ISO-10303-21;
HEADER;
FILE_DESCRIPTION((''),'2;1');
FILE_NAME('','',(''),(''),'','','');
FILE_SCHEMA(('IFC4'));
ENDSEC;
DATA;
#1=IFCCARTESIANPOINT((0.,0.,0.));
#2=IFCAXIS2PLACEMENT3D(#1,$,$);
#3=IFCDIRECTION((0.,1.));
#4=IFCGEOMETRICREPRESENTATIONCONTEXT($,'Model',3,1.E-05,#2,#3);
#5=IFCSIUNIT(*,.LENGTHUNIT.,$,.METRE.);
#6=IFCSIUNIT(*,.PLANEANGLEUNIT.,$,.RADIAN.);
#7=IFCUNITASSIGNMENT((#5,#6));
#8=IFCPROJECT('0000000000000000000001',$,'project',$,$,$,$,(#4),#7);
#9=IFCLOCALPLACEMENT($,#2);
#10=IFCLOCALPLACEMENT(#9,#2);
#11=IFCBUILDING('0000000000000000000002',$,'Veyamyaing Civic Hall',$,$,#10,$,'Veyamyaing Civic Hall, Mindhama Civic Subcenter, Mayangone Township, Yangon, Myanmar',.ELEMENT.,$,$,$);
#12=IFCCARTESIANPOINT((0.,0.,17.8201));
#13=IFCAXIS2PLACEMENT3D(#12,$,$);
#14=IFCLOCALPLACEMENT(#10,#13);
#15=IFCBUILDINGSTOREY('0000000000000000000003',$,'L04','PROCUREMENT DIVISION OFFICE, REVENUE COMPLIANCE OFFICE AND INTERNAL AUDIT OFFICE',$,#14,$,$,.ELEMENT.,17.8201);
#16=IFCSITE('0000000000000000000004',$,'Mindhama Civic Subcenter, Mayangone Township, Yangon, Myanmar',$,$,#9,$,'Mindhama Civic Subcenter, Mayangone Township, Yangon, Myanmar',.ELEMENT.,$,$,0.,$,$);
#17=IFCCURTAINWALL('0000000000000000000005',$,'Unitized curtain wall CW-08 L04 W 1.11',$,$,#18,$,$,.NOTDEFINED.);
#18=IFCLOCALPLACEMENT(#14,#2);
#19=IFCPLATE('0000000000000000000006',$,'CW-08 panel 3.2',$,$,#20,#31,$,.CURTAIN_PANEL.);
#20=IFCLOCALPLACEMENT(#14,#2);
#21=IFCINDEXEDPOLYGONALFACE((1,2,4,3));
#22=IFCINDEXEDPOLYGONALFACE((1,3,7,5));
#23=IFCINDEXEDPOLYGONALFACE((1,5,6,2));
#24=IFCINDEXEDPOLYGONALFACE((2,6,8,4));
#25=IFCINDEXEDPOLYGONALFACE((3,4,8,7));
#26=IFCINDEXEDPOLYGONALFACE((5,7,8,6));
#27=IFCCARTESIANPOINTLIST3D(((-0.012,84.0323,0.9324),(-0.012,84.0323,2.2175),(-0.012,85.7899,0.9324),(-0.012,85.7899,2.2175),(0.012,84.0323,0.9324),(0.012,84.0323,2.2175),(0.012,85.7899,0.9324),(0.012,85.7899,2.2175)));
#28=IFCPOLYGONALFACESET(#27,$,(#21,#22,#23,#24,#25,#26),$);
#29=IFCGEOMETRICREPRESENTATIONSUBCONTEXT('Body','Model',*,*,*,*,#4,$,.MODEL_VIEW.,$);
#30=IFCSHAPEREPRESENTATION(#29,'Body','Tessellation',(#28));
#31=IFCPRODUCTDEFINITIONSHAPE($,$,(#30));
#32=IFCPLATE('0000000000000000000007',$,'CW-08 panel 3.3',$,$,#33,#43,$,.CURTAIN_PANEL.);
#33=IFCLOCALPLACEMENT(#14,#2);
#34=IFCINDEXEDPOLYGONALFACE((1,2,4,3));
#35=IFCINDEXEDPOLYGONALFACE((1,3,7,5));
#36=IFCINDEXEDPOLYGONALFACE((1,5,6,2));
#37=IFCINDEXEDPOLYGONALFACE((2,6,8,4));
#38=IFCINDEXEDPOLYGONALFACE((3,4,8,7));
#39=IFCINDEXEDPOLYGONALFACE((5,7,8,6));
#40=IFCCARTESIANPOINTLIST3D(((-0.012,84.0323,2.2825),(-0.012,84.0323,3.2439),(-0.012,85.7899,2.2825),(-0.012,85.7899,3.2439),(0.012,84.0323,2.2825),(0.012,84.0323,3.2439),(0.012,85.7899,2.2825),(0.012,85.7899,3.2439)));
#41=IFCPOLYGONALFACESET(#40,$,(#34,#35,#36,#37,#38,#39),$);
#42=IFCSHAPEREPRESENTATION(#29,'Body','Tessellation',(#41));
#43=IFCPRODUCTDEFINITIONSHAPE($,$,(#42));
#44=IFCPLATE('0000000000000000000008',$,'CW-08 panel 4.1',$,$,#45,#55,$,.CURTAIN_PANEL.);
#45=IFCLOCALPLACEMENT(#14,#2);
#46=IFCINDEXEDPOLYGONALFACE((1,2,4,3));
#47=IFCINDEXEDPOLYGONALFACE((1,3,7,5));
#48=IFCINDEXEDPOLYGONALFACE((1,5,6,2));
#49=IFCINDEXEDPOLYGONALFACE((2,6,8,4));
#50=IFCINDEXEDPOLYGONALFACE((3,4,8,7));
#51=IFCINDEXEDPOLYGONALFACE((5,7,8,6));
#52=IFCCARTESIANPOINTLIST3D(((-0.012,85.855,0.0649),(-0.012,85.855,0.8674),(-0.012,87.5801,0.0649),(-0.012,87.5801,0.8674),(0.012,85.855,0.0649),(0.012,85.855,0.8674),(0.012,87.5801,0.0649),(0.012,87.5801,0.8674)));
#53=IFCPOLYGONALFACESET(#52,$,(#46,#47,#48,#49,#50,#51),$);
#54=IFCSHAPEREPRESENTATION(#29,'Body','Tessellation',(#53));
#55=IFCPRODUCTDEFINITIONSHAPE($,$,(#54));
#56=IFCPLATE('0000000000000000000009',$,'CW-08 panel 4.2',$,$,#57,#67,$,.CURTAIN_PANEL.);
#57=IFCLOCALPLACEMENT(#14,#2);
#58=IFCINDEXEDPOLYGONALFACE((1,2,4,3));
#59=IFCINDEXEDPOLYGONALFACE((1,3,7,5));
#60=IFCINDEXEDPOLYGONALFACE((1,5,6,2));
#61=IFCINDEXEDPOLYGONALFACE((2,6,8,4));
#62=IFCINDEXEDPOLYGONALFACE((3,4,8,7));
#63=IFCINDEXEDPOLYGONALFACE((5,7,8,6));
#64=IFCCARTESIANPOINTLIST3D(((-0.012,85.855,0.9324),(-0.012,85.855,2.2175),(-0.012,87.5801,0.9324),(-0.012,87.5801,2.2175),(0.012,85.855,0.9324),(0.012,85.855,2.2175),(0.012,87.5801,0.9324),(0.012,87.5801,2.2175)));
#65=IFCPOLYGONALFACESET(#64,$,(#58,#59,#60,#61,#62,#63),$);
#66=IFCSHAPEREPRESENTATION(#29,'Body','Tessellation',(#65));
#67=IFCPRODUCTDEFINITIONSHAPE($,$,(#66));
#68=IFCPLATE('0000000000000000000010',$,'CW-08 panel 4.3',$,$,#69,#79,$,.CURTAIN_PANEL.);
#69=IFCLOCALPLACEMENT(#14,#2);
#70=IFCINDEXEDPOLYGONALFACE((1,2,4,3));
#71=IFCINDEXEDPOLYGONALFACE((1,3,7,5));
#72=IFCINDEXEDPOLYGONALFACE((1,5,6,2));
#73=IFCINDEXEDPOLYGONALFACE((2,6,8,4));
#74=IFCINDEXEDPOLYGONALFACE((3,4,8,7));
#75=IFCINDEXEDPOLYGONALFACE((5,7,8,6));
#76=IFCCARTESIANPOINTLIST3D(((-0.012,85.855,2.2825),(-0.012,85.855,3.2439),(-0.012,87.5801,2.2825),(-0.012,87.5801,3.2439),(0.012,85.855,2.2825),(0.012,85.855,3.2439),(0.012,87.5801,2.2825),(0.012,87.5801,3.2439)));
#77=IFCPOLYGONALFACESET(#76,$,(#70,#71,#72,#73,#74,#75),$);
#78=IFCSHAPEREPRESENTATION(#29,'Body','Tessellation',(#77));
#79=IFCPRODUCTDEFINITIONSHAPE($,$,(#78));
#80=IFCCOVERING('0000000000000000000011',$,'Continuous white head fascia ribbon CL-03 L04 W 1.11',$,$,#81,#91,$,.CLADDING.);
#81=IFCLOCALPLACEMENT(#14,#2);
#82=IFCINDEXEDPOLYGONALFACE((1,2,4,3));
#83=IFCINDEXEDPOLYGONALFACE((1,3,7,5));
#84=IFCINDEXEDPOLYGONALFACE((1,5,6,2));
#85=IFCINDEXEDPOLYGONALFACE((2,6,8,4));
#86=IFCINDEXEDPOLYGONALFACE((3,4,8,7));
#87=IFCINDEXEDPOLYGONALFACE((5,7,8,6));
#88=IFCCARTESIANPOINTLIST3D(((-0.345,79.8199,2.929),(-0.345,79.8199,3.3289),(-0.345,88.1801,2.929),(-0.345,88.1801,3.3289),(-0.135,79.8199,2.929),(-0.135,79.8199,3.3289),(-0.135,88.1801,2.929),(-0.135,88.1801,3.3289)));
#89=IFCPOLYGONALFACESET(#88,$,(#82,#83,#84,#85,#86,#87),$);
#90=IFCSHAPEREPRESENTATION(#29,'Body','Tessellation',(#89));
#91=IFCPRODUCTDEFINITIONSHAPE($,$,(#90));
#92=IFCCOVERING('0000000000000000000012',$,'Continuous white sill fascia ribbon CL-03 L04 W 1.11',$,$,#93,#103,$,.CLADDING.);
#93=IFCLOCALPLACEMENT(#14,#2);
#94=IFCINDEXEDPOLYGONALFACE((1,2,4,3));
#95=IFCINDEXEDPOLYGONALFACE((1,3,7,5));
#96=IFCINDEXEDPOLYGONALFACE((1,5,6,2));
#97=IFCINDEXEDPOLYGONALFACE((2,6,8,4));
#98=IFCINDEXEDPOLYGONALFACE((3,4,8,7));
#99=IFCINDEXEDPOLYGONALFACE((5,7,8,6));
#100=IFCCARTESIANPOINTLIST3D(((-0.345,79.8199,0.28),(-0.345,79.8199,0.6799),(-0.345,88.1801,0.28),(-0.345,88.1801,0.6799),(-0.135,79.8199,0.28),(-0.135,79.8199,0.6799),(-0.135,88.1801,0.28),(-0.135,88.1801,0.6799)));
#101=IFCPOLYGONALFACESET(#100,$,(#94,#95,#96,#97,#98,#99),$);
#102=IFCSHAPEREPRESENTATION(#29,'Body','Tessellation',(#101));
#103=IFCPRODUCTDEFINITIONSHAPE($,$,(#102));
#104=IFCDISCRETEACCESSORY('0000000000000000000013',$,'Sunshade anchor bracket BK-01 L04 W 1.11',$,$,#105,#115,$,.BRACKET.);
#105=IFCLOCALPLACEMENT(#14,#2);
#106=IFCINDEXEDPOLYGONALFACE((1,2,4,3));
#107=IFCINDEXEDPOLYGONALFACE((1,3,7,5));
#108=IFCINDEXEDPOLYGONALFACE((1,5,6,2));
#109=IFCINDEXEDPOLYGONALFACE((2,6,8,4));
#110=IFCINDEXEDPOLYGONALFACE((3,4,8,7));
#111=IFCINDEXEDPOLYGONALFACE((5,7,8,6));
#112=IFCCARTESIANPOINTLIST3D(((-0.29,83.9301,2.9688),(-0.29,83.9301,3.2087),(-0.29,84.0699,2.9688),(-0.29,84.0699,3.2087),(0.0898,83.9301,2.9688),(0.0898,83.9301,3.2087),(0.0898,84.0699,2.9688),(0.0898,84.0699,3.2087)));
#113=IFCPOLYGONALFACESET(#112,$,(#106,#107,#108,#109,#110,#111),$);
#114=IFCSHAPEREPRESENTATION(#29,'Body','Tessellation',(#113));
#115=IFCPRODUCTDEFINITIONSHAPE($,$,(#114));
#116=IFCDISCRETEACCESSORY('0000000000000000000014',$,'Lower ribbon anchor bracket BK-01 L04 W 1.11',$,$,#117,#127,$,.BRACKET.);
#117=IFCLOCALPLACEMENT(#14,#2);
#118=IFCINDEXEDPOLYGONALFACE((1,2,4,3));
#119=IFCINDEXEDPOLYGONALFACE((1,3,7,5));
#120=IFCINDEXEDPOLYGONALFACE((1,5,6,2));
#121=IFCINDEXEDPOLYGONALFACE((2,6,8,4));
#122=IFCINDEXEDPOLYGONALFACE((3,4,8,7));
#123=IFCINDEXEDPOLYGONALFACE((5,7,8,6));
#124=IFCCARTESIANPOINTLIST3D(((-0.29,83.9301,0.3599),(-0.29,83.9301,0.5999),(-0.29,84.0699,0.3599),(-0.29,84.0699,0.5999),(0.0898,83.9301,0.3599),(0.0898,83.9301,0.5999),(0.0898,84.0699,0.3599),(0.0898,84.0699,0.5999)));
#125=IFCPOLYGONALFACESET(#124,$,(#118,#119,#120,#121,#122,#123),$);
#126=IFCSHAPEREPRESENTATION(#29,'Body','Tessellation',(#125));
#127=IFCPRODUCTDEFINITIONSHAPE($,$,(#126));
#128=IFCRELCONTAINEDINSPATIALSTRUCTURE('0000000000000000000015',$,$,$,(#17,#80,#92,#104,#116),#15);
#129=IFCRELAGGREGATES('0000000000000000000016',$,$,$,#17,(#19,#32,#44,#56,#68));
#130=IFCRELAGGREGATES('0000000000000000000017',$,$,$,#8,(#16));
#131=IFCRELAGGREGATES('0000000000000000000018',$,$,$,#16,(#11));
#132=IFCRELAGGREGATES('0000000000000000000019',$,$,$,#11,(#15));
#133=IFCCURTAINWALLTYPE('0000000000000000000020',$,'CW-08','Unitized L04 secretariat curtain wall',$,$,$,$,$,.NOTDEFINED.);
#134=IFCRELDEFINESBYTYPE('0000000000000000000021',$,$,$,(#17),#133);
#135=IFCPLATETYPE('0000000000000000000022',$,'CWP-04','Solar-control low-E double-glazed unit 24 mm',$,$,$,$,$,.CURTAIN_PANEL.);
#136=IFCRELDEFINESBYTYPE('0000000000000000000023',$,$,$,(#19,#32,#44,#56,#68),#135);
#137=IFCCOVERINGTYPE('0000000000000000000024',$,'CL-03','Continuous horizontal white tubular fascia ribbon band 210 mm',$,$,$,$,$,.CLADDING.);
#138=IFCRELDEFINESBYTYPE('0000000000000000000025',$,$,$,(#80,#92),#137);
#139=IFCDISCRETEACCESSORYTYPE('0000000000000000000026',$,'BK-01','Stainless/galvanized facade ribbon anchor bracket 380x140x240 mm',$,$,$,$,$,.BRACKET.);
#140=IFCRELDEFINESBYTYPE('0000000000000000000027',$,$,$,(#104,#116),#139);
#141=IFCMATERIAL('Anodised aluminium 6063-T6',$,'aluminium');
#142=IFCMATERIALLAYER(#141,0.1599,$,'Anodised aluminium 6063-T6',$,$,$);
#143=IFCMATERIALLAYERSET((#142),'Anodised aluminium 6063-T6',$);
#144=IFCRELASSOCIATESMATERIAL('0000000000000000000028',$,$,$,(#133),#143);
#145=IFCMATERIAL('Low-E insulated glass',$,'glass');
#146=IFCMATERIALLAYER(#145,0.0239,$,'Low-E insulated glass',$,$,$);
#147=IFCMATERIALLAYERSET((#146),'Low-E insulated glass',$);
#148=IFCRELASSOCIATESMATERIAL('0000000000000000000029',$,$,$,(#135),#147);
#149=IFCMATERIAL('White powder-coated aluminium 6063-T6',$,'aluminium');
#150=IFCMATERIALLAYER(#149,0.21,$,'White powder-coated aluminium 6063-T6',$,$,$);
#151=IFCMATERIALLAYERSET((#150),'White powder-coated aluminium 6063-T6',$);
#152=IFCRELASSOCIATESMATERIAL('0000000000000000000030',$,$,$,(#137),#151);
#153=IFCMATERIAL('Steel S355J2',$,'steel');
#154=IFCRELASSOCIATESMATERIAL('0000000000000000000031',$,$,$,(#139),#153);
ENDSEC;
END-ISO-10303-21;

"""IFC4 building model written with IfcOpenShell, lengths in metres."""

from ifc_helpers import new_model, si_unit, direction, frame, origin, origin_2d, place, context, subcontext, project, spatial, rectangle, extrude, material, layer, layer_set, type_object, element, aggregate, save


model = new_model("IFC4")

# Units and contexts
model_context = context("Model", 3, precision=1e-05, world=origin(), true_north=direction((0.0, 1.0)))
body_context = subcontext(model_context, "Body", "Model", "MODEL_VIEW")
ifc_project = project(units=[si_unit("LENGTHUNIT", "METRE"), si_unit("PLANEANGLEUNIT", "RADIAN")], contexts=[model_context])

# Site, building, storey
site_placement = place(None, origin())
site = spatial("IfcSite", under=ifc_project, at=site_placement, Name="Mindhama Civic Subcenter, Mayangone Township, Yangon, Myanmar", LongName="Mindhama Civic Subcenter, Mayangone Township, Yangon, Myanmar", CompositionType="ELEMENT", RefElevation=0.0)
building_placement = place(site_placement, origin())
building = spatial("IfcBuilding", under=site, at=building_placement, Name="Veyamyaing Civic Hall", LongName="Veyamyaing Civic Hall, Mindhama Civic Subcenter, Mayangone Township, Yangon, Myanmar", CompositionType="ELEMENT")
storey_placement = place(building_placement, frame((0.0, 0.0, 17.8201)))
storey = spatial("IfcBuildingStorey", under=building, at=storey_placement, Name="L04", Description="PROCUREMENT DIVISION OFFICE, REVENUE COMPLIANCE OFFICE AND INTERNAL AUDIT OFFICE", CompositionType="ELEMENT", Elevation=17.8201)

# Curtain wall
ifc_material_1 = material(Name="Anodised aluminium 6063-T6", Category="aluminium")
ifc_layer_1 = layer(ifc_material_1, 0.1599, Name="Anodised aluminium 6063-T6")
ifc_layer_set_1 = layer_set([ifc_layer_1], Name="Anodised aluminium 6063-T6")
curtain_wall_type = type_object("IfcCurtainWallType", Name="CW-08", Description="Unitized L04 secretariat curtain wall", PredefinedType="NOTDEFINED", material=ifc_layer_set_1)
curtain_wall_placement = place(storey_placement, origin())
curtain_wall = element("IfcCurtainWall", 1, at=curtain_wall_placement, inside=storey, type_object=curtain_wall_type, Name="Unitized curtain wall CW-08 L04 W 1.11", PredefinedType="NOTDEFINED")

# Plates
ifc_material_2 = material(Name="Low-E insulated glass", Category="glass")
ifc_layer_2 = layer(ifc_material_2, 0.0239, Name="Low-E insulated glass")
ifc_layer_set_2 = layer_set([ifc_layer_2], Name="Low-E insulated glass")
plate_type = type_object("IfcPlateType", Name="CWP-04", Description="Solar-control low-E double-glazed unit 24 mm", PredefinedType="CURTAIN_PANEL", material=ifc_layer_set_2)
plate_1_placement = place(storey_placement, frame((0.0, 84.9111, 0.9324), z_axis=(0.0, 0.0, 1.0), x_axis=(0.0, 1.0, 0.0)))
plate_1 = element("IfcPlate", 2, at=plate_1_placement, type_object=plate_type, Name="CW-08 panel 3.2", PredefinedType="CURTAIN_PANEL", context=body_context, shape_type="SweptSolid", body=[
    extrude(rectangle(XDim=1.7576, YDim=0.0239, at=origin_2d()), origin(), (0.0, 0.0, 1.0), 1.2852),
])
plate_2_placement = place(storey_placement, frame((0.0, 84.9111, 2.2825), z_axis=(0.0, 0.0, 1.0), x_axis=(0.0, 1.0, 0.0)))
plate_2 = element("IfcPlate", 3, at=plate_2_placement, type_object=plate_type, Name="CW-08 panel 3.3", PredefinedType="CURTAIN_PANEL", context=body_context, shape_type="SweptSolid", body=[
    extrude(rectangle(XDim=1.7576, YDim=0.0239, at=origin_2d()), origin(), (0.0, 0.0, 1.0), 0.9614),
])
plate_3_placement = place(storey_placement, frame((0.0, 86.7175, 0.0649), z_axis=(0.0, 0.0, 1.0), x_axis=(0.0, 1.0, 0.0)))
plate_3 = element("IfcPlate", 4, at=plate_3_placement, type_object=plate_type, Name="CW-08 panel 4.1", PredefinedType="CURTAIN_PANEL", context=body_context, shape_type="SweptSolid", body=[
    extrude(rectangle(XDim=1.7251, YDim=0.0239, at=origin_2d()), origin(), (0.0, 0.0, 1.0), 0.8025),
])
plate_4_placement = place(storey_placement, frame((0.0, 86.7175, 0.9324), z_axis=(0.0, 0.0, 1.0), x_axis=(0.0, 1.0, 0.0)))
plate_4 = element("IfcPlate", 5, at=plate_4_placement, type_object=plate_type, Name="CW-08 panel 4.2", PredefinedType="CURTAIN_PANEL", context=body_context, shape_type="SweptSolid", body=[
    extrude(rectangle(XDim=1.7251, YDim=0.0239, at=origin_2d()), origin(), (0.0, 0.0, 1.0), 1.2852),
])
plate_5_placement = place(storey_placement, frame((0.0, 86.7175, 2.2825), z_axis=(0.0, 0.0, 1.0), x_axis=(0.0, 1.0, 0.0)))
plate_5 = element("IfcPlate", 6, at=plate_5_placement, type_object=plate_type, Name="CW-08 panel 4.3", PredefinedType="CURTAIN_PANEL", context=body_context, shape_type="SweptSolid", body=[
    extrude(rectangle(XDim=1.7251, YDim=0.0239, at=origin_2d()), origin(), (0.0, 0.0, 1.0), 0.9614),
])
aggregate(curtain_wall, [plate_1, plate_2, plate_3, plate_4, plate_5])

# Coverings
ifc_material_3 = material(Name="White powder-coated aluminium 6063-T6", Category="aluminium")
ifc_layer_3 = layer(ifc_material_3, 0.21, Name="White powder-coated aluminium 6063-T6")
ifc_layer_set_3 = layer_set([ifc_layer_3], Name="White powder-coated aluminium 6063-T6")
covering_type = type_object("IfcCoveringType", Name="CL-03", Description="Continuous horizontal white tubular fascia ribbon band 210 mm", PredefinedType="CLADDING", material=ifc_layer_set_3)
for number, where, z_axis, x_axis, name in (
    (7, (-0.24, 84.0, 2.929), (0.0, 0.0, 1.0), (0.0, 1.0, 0.0), "Continuous white head fascia ribbon CL-03 L04 W 1.11"),
    (8, (-0.24, 84.0, 0.28), (0.0, 0.0, 1.0), (0.0, 1.0, 0.0), "Continuous white sill fascia ribbon CL-03 L04 W 1.11"),
):
    element("IfcCovering", number, at=place(storey_placement, frame(where, z_axis=z_axis, x_axis=x_axis)), inside=storey, type_object=covering_type, Name=name, PredefinedType="CLADDING", context=body_context, shape_type="SweptSolid", body=[
        extrude(rectangle(XDim=8.3601, YDim=0.21, at=origin_2d()), origin(), (0.0, 0.0, 1.0), 0.3999),
    ])

# Discrete accessories
ifc_material_4 = material(Name="Steel S355J2", Category="steel")
discrete_accessory_type = type_object("IfcDiscreteAccessoryType", Name="BK-01", Description="Stainless/galvanized facade ribbon anchor bracket 380x140x240 mm", PredefinedType="BRACKET", material=ifc_material_4)
for number, where, z_axis, x_axis, name in (
    (9, (-0.1001, 84.0, 2.9688), (0.0, 0.0, 1.0), (-1.0, 0.0, 0.0), "Sunshade anchor bracket BK-01 L04 W 1.11"),
    (10, (-0.1001, 84.0, 0.3599), (0.0, 0.0, 1.0), (-1.0, 0.0, 0.0), "Lower ribbon anchor bracket BK-01 L04 W 1.11"),
):
    element("IfcDiscreteAccessory", number, at=place(storey_placement, frame(where, z_axis=z_axis, x_axis=x_axis)), inside=storey, type_object=discrete_accessory_type, Name=name, PredefinedType="BRACKET", context=body_context, shape_type="SweptSolid", body=[
        extrude(rectangle(XDim=0.3799, YDim=0.1399, at=origin_2d()), origin(), (0.0, 0.0, 1.0), 0.24),
    ])

save(model, "model.ifc")
